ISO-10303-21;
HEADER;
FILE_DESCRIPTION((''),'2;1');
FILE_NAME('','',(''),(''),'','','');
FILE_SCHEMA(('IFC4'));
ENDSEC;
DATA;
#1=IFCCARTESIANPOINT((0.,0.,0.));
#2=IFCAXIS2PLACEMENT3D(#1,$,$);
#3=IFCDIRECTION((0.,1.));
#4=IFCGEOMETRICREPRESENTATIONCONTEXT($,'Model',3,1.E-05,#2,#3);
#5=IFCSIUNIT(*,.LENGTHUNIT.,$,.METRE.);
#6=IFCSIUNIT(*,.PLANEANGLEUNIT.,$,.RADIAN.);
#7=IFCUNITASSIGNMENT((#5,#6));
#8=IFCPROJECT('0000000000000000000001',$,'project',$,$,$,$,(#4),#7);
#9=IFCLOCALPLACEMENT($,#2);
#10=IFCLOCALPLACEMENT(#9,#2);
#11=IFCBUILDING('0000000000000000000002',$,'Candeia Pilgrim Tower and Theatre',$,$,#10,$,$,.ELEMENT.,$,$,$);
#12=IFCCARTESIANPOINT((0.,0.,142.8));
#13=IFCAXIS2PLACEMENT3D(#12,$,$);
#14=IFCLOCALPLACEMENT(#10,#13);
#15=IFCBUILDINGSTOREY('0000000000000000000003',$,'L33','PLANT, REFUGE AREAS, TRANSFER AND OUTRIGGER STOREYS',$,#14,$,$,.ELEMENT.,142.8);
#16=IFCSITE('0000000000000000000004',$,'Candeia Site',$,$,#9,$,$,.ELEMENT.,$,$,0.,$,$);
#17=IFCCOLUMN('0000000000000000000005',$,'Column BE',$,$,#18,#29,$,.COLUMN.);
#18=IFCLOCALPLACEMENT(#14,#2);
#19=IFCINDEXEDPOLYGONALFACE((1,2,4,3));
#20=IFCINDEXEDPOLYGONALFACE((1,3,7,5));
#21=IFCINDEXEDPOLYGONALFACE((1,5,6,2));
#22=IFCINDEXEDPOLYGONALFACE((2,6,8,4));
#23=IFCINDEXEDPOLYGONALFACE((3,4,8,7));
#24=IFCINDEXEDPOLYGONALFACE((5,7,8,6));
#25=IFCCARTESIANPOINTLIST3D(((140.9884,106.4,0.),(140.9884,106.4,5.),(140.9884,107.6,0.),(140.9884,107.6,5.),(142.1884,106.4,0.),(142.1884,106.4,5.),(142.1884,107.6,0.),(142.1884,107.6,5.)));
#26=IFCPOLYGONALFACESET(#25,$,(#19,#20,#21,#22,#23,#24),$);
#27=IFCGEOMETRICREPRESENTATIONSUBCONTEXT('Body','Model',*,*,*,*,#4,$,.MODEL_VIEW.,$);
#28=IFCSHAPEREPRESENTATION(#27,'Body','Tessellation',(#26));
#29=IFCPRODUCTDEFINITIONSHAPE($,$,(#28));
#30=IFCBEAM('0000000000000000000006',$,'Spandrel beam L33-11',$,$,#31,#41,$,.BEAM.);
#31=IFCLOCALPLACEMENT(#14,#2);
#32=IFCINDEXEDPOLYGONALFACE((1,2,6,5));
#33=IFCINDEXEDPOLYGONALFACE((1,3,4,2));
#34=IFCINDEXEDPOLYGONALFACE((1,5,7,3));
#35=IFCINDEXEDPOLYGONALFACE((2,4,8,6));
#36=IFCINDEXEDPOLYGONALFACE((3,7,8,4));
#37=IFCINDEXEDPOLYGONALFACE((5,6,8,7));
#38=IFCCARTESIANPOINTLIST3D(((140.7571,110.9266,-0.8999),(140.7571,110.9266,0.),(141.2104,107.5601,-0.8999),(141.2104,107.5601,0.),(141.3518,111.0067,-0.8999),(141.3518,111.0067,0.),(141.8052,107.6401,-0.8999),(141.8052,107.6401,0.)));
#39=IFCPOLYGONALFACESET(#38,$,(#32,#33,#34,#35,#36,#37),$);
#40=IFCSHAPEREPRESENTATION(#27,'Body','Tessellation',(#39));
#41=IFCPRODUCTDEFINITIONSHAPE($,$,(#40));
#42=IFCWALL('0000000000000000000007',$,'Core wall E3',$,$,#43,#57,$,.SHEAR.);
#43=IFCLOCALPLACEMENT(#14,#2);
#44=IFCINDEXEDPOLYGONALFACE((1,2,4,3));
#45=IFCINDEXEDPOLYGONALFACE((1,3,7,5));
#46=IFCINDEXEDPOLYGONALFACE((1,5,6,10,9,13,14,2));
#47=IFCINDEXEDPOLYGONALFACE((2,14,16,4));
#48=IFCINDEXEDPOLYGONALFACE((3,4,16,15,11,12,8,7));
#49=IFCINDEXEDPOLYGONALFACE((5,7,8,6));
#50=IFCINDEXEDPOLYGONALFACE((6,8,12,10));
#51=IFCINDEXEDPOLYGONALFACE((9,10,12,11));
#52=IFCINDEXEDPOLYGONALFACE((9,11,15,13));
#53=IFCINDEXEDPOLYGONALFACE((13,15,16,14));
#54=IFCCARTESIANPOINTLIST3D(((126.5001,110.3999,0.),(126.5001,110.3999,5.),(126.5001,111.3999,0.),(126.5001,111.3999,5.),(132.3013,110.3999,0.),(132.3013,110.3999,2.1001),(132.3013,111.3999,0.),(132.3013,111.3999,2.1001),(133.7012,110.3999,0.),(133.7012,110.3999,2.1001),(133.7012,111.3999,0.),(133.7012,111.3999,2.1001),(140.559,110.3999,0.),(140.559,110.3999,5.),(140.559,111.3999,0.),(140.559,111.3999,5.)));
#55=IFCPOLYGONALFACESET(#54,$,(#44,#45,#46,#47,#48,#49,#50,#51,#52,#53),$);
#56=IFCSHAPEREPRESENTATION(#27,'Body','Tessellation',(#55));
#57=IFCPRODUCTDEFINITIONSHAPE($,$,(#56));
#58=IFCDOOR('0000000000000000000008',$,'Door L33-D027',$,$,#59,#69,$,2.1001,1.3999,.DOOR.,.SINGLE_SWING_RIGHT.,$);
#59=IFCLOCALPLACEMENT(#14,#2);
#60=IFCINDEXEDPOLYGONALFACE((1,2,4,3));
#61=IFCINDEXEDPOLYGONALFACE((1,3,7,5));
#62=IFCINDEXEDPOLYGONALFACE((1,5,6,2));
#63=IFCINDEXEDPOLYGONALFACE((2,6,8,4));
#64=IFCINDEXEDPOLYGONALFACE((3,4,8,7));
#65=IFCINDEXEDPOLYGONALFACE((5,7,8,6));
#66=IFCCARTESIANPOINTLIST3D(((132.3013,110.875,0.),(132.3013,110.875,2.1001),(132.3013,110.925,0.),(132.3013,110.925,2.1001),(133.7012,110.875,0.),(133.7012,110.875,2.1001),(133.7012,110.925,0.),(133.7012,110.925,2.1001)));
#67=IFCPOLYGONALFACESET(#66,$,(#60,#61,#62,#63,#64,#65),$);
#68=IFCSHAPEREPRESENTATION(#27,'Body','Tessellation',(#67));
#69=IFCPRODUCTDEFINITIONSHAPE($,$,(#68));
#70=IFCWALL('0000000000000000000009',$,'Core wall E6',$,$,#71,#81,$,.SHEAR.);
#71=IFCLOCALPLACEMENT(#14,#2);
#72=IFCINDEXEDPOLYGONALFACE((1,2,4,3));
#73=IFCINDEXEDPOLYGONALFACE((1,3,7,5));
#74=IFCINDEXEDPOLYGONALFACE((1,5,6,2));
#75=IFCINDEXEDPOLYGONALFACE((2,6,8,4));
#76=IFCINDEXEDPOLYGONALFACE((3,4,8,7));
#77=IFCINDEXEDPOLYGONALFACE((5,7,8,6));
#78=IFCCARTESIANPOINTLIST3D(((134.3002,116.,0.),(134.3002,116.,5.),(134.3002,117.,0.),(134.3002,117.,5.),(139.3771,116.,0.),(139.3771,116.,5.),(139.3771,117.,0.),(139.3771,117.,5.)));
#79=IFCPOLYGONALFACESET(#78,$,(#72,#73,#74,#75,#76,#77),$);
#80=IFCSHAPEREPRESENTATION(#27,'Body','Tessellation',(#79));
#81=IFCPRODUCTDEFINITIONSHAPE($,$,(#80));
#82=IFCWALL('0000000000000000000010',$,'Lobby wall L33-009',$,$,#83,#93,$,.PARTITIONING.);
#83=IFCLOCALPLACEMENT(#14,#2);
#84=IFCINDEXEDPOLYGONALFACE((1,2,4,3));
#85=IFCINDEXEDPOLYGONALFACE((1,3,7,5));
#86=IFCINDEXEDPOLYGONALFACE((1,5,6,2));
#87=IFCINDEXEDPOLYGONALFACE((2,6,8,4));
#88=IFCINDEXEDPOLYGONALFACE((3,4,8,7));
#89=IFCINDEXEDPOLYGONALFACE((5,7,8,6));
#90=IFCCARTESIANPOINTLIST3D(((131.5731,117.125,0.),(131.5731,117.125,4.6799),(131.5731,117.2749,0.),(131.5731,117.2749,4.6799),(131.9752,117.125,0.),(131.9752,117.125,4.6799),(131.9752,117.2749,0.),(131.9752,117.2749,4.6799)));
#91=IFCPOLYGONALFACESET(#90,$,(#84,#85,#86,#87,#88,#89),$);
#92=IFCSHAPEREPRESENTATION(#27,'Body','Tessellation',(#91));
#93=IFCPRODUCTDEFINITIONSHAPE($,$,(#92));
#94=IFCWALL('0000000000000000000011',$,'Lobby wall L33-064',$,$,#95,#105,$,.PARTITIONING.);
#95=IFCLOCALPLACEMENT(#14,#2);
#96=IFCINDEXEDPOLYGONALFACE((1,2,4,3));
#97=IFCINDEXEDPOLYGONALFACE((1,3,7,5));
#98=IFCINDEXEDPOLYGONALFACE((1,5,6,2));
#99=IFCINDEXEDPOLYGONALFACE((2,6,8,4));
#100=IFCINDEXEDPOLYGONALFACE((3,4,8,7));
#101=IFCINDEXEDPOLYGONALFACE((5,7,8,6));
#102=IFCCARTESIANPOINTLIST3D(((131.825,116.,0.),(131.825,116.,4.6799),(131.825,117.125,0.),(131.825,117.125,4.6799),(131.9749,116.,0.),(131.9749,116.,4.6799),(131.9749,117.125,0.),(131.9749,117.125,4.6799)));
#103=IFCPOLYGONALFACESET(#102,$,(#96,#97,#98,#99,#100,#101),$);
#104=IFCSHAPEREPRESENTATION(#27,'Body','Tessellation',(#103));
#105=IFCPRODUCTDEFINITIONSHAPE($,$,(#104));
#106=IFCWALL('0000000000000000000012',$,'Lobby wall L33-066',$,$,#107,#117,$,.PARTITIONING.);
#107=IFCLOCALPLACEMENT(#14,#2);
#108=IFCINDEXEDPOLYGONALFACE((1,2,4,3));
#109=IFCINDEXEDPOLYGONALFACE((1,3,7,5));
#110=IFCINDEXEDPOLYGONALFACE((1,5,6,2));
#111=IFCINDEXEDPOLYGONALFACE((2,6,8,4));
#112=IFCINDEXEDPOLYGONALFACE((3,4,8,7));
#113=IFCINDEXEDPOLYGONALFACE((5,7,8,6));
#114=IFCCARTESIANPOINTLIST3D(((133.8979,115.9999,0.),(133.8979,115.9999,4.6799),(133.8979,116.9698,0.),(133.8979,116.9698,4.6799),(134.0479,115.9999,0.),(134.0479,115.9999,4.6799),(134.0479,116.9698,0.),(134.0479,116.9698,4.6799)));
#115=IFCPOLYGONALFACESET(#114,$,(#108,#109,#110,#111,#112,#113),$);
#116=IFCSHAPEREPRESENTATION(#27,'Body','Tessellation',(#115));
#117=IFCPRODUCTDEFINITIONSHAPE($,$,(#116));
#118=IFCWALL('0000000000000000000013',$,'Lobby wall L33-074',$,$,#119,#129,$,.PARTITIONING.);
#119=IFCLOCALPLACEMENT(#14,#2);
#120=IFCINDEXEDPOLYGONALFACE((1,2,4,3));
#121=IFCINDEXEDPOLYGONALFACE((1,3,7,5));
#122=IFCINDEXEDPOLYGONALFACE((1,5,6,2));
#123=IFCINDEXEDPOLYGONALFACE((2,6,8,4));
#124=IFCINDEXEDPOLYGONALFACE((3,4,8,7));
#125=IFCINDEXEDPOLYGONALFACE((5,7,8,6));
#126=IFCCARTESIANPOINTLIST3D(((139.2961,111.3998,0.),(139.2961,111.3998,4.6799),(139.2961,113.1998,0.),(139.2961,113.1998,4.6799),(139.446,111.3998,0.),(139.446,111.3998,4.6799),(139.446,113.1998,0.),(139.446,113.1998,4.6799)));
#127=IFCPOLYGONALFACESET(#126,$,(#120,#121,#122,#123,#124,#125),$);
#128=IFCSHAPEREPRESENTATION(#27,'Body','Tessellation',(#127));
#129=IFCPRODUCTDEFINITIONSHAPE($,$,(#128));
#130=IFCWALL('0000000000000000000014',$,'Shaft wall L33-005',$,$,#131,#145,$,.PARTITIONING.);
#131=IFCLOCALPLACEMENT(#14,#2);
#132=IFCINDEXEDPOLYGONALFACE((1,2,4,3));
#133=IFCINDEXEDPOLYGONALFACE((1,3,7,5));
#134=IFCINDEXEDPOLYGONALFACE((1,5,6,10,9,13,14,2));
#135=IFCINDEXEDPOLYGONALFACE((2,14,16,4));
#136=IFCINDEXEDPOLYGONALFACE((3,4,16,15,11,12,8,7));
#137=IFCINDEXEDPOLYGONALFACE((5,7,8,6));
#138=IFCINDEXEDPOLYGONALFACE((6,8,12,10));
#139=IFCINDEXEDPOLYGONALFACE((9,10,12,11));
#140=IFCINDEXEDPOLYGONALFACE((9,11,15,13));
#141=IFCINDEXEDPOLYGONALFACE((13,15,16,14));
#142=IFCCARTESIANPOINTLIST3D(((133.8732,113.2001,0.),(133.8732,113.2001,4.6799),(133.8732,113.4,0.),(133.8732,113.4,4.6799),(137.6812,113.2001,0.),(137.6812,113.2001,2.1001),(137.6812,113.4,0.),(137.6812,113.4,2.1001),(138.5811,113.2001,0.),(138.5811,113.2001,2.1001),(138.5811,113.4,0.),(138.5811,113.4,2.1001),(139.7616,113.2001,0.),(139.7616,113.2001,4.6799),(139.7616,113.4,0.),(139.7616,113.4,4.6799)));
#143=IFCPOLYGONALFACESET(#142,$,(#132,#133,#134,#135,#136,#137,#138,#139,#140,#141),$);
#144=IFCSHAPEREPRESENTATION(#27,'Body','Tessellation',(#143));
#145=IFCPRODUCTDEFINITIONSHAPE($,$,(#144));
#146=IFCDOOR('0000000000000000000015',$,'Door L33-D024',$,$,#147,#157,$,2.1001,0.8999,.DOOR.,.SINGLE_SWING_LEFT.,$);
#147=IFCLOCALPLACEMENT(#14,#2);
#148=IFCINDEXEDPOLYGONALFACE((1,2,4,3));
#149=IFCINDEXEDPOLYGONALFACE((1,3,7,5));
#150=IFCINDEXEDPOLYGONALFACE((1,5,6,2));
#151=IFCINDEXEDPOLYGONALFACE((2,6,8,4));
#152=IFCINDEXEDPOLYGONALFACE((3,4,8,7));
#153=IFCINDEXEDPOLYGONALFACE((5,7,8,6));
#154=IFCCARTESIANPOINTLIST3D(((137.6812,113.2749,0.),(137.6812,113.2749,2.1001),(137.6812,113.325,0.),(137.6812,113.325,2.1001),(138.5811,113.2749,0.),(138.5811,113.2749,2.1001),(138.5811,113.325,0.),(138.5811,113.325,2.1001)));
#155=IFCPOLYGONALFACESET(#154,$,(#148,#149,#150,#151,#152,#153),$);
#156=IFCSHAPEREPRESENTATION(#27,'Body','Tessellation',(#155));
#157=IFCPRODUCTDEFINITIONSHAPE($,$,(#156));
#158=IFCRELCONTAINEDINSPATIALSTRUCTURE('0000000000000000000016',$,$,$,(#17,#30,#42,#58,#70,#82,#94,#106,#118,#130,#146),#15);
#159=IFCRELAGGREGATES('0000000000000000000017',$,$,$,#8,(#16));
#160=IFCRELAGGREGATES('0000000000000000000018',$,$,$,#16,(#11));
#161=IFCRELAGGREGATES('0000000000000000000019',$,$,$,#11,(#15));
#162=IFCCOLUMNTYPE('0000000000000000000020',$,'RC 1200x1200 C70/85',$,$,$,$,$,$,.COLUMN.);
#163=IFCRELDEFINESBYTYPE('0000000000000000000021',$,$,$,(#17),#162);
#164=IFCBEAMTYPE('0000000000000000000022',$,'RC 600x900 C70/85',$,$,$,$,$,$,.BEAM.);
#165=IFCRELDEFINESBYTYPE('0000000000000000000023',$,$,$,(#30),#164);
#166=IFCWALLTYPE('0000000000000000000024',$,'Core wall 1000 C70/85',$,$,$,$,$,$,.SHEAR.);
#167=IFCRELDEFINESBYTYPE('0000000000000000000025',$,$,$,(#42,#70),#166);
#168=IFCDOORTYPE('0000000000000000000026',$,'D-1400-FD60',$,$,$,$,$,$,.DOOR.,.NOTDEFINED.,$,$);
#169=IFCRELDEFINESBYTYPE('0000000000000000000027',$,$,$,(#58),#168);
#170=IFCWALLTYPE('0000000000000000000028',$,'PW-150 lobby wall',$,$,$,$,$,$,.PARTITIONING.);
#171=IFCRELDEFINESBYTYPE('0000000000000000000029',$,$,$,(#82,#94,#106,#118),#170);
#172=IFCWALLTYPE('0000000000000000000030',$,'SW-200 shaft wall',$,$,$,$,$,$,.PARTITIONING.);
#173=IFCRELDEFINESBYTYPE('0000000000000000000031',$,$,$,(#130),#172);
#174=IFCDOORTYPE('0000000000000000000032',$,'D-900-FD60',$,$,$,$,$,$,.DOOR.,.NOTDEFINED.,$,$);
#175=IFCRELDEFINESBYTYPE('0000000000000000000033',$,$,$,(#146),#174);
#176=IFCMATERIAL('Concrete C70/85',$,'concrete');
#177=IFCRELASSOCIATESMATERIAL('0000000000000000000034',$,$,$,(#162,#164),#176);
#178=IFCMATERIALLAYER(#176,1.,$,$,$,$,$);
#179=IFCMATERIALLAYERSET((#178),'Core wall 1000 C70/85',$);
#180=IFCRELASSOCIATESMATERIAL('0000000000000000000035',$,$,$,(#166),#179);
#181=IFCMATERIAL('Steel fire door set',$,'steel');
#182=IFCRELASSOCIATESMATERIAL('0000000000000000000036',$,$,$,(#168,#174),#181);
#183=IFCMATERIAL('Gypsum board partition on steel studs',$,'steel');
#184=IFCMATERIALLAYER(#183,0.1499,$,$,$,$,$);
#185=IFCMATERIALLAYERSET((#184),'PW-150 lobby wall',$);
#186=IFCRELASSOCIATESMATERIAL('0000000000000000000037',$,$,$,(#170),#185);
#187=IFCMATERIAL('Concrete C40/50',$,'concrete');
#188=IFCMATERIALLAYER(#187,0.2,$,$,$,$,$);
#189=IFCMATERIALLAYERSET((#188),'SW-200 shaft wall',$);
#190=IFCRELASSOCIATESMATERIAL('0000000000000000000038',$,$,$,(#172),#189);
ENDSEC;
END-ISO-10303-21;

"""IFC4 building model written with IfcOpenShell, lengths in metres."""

from ifc_helpers import new_model, si_unit, direction, frame, frame_2d, origin, origin_2d, place, context, subcontext, project, spatial, rectangle, extrude, material, layer, layer_set, material_profile, profile_set, type_object, element, fill, save


model = new_model("IFC4")

# Units and contexts
model_context = context("Model", 3, precision=1e-05, world=origin(), true_north=direction((0.0, 1.0)))
body_context = subcontext(model_context, "Body", "Model", "MODEL_VIEW")
ifc_project = project(units=[si_unit("LENGTHUNIT", "METRE"), si_unit("PLANEANGLEUNIT", "RADIAN")], contexts=[model_context])

# Site, building, storey
site_placement = place(None, origin())
site = spatial("IfcSite", under=ifc_project, at=site_placement, Name="Candeia Site", CompositionType="ELEMENT", RefElevation=0.0)
building_placement = place(site_placement, origin())
building = spatial("IfcBuilding", under=site, at=building_placement, Name="Candeia Pilgrim Tower and Theatre", CompositionType="ELEMENT")
storey_placement = place(building_placement, frame((0.0, 0.0, 142.8)))
storey = spatial("IfcBuildingStorey", under=building, at=storey_placement, Name="L33", Description="PLANT, REFUGE AREAS, TRANSFER AND OUTRIGGER STOREYS", CompositionType="ELEMENT", Elevation=142.8)

# Column
ifc_material_1 = material(Name="Concrete C70/85", Category="concrete")
ifc_material_profile_1 = material_profile(ifc_material_1, rectangle(XDim=1.2, YDim=1.2, at=origin_2d()))
ifc_profile_set_1 = profile_set([ifc_material_profile_1], Name="Concrete C70/85")
column_type = type_object("IfcColumnType", Name="RC 1200x1200 C70/85", PredefinedType="COLUMN", material=ifc_profile_set_1)
column_placement = place(storey_placement, frame((141.5884, 107.0, 0.0), z_axis=(0.0, 0.0, 1.0), x_axis=(1.0, 0.0, 0.0)))
element("IfcColumn", 1, at=column_placement, inside=storey, type_object=column_type, Name="Column BE", PredefinedType="COLUMN", context=body_context, shape_type="SweptSolid", body=[
    extrude(rectangle(XDim=1.2, YDim=1.2, at=origin_2d()), origin(), (0.0, 0.0, 1.0), 5.0),
])

# Beam
ifc_material_profile_2 = material_profile(ifc_material_1, rectangle(XDim=0.6001, YDim=0.8999, at=origin_2d()))
ifc_profile_set_2 = profile_set([ifc_material_profile_2], Name="Concrete C70/85")
beam_type = type_object("IfcBeamType", Name="RC 600x900 C70/85", PredefinedType="BEAM", material=ifc_profile_set_2)
beam_placement = place(storey_placement, frame((141.5078, 107.6001, -0.45), z_axis=(-0.133458, 0.991054, 0.0), x_axis=(-0.991054, -0.133458, 0.0)))
element("IfcBeam", 2, at=beam_placement, inside=storey, type_object=beam_type, Name="Spandrel beam L33-11", PredefinedType="BEAM", context=body_context, shape_type="SweptSolid", body=[
    extrude(rectangle(XDim=0.6001, YDim=0.8999, at=origin_2d()), origin(), (0.0, 0.0, 1.0), 3.397),
])

# Wall, opening, door
ifc_layer_1 = layer(ifc_material_1, 1.0)
ifc_layer_set_1 = layer_set([ifc_layer_1], Name="Core wall 1000 C70/85")
wall_type_1 = type_object("IfcWallType", Name="Core wall 1000 C70/85", PredefinedType="SHEAR", material=ifc_layer_set_1)
wall_1_placement = place(storey_placement, frame((140.5588, 110.8999, 0.0), z_axis=(0.0, 0.0, 1.0), x_axis=(-1.0, 0.0, 0.0)))
wall_1 = element("IfcWall", 3, at=wall_1_placement, inside=storey, type_object=wall_type_1, Name="Core wall E3", PredefinedType="SHEAR", context=body_context, shape_type="SweptSolid", body=[
    extrude(rectangle(XDim=14.0588, YDim=1.0, at=frame_2d((7.0293, 0.0))), origin(), (0.0, 0.0, 1.0), 5.0),
])
opening_1_placement = place(wall_1_placement, frame((6.8577, 0.0, 0.0)))
opening_1 = element("IfcOpeningElement", 4, at=opening_1_placement, cuts=wall_1, PredefinedType="OPENING", context=body_context, shape_type="SweptSolid", body=[
    extrude(rectangle(XDim=1.3999, YDim=2.1001, at=frame_2d((0.7, 1.05))), frame((0.0, 0.51, 0.0), z_axis=(0.0, -1.0, 0.0), x_axis=(1.0, 0.0, 0.0)), (0.0, 0.0, 1.0), 1.02),
])
ifc_material_2 = material(Name="Steel fire door set", Category="steel")
door_type_1 = type_object("IfcDoorType", Name="D-1400-FD60", OperationType="NOTDEFINED", PredefinedType="DOOR", material=ifc_material_2)
door_1_placement = place(opening_1_placement, origin())
door_1 = element("IfcDoor", 5, at=door_1_placement, inside=storey, type_object=door_type_1, Name="Door L33-D027", OperationType="SINGLE_SWING_RIGHT", OverallHeight=2.1001, OverallWidth=1.3999, PredefinedType="DOOR", context=body_context, shape_type="SweptSolid", body=[
    extrude(rectangle(XDim=1.3999, YDim=2.1001, at=frame_2d((0.7, 1.05))), frame((0.0, 0.0249, 0.0), z_axis=(0.0, -1.0, 0.0), x_axis=(1.0, 0.0, 0.0)), (0.0, 0.0, 1.0), 0.05),
])
fill(opening_1, door_1)

# Walls
wall_2_placement = place(storey_placement, frame((134.3, 116.5, 0.0), z_axis=(0.0, 0.0, 1.0), x_axis=(1.0, 0.0, 0.0)))
element("IfcWall", 6, at=wall_2_placement, inside=storey, type_object=wall_type_1, Name="Core wall E6", PredefinedType="SHEAR", context=body_context, shape_type="SweptSolid", body=[
    extrude(rectangle(XDim=5.0769, YDim=1.0, at=frame_2d((2.5386, 0.0))), origin(), (0.0, 0.0, 1.0), 5.0),
])
ifc_material_3 = material(Name="Gypsum board partition on steel studs", Category="steel")
ifc_layer_2 = layer(ifc_material_3, 0.1499)
ifc_layer_set_2 = layer_set([ifc_layer_2], Name="PW-150 lobby wall")
wall_type_2 = type_object("IfcWallType", Name="PW-150 lobby wall", PredefinedType="PARTITIONING", material=ifc_layer_set_2)
wall_3_placement = place(storey_placement, frame((131.573, 117.2, 0.0), z_axis=(0.0, 0.0, 1.0), x_axis=(1.0, 0.0, 0.0)))
element("IfcWall", 7, at=wall_3_placement, inside=storey, type_object=wall_type_2, Name="Lobby wall L33-009", PredefinedType="PARTITIONING", context=body_context, shape_type="SweptSolid", body=[
    extrude(rectangle(XDim=0.4021, YDim=0.1499, at=frame_2d((0.2012, 0.0))), origin(), (0.0, 0.0, 1.0), 4.6799),
])
wall_4_placement = place(storey_placement, frame((131.8999, 116.0, 0.0), z_axis=(0.0, 0.0, 1.0), x_axis=(0.0, 1.0, 0.0)))
element("IfcWall", 8, at=wall_4_placement, inside=storey, type_object=wall_type_2, Name="Lobby wall L33-064", PredefinedType="PARTITIONING", context=body_context, shape_type="SweptSolid", body=[
    extrude(rectangle(XDim=1.125, YDim=0.1499, at=frame_2d((0.5625, 0.0))), origin(), (0.0, 0.0, 1.0), 4.6799),
])
wall_5_placement = place(storey_placement, frame((133.9729, 116.0, 0.0), z_axis=(0.0, 0.0, 1.0), x_axis=(0.0, 1.0, 0.0)))
element("IfcWall", 9, at=wall_5_placement, inside=storey, type_object=wall_type_2, Name="Lobby wall L33-066", PredefinedType="PARTITIONING", context=body_context, shape_type="SweptSolid", body=[
    extrude(rectangle(XDim=0.97, YDim=0.1499, at=frame_2d((0.4849, 0.0))), origin(), (0.0, 0.0, 1.0), 4.6799),
])
wall_6_placement = place(storey_placement, frame((139.3711, 111.3999, 0.0), z_axis=(0.0, 0.0, 1.0), x_axis=(0.0, 1.0, 0.0)))
element("IfcWall", 10, at=wall_6_placement, inside=storey, type_object=wall_type_2, Name="Lobby wall L33-074", PredefinedType="PARTITIONING", context=body_context, shape_type="SweptSolid", body=[
    extrude(rectangle(XDim=1.8, YDim=0.1499, at=frame_2d((0.8999, 0.0))), origin(), (0.0, 0.0, 1.0), 4.6799),
])

# Wall, opening, door
ifc_material_4 = material(Name="Concrete C40/50", Category="concrete")
ifc_layer_3 = layer(ifc_material_4, 0.2)
ifc_layer_set_3 = layer_set([ifc_layer_3], Name="SW-200 shaft wall")
wall_type_3 = type_object("IfcWallType", Name="SW-200 shaft wall", PredefinedType="PARTITIONING", material=ifc_layer_set_3)
wall_7_placement = place(storey_placement, frame((133.873, 113.3, 0.0), z_axis=(0.0, 0.0, 1.0), x_axis=(1.0, 0.0, 0.0)))
wall_7 = element("IfcWall", 11, at=wall_7_placement, inside=storey, type_object=wall_type_3, Name="Shaft wall L33-005", PredefinedType="PARTITIONING", context=body_context, shape_type="SweptSolid", body=[
    extrude(rectangle(XDim=5.8884, YDim=0.2, at=frame_2d((2.9443, 0.0))), origin(), (0.0, 0.0, 1.0), 4.6799),
])
opening_2_placement = place(wall_7_placement, frame((3.8081, 0.0, 0.0)))
opening_2 = element("IfcOpeningElement", 12, at=opening_2_placement, cuts=wall_7, PredefinedType="OPENING", context=body_context, shape_type="SweptSolid", body=[
    extrude(rectangle(XDim=0.8999, YDim=2.1001, at=frame_2d((0.45, 1.05))), frame((0.0, 0.1099, 0.0), z_axis=(0.0, -1.0, 0.0), x_axis=(1.0, 0.0, 0.0)), (0.0, 0.0, 1.0), 0.22),
])
door_type_2 = type_object("IfcDoorType", Name="D-900-FD60", OperationType="NOTDEFINED", PredefinedType="DOOR", material=ifc_material_2)
door_2_placement = place(opening_2_placement, origin())
door_2 = element("IfcDoor", 13, at=door_2_placement, inside=storey, type_object=door_type_2, Name="Door L33-D024", OperationType="SINGLE_SWING_LEFT", OverallHeight=2.1001, OverallWidth=0.8999, PredefinedType="DOOR", context=body_context, shape_type="SweptSolid", body=[
    extrude(rectangle(XDim=0.8999, YDim=2.1001, at=frame_2d((0.45, 1.05))), frame((0.0, 0.0249, 0.0), z_axis=(0.0, -1.0, 0.0), x_axis=(1.0, 0.0, 0.0)), (0.0, 0.0, 1.0), 0.05),
])
fill(opening_2, door_2)

save(model, "model.ifc")
